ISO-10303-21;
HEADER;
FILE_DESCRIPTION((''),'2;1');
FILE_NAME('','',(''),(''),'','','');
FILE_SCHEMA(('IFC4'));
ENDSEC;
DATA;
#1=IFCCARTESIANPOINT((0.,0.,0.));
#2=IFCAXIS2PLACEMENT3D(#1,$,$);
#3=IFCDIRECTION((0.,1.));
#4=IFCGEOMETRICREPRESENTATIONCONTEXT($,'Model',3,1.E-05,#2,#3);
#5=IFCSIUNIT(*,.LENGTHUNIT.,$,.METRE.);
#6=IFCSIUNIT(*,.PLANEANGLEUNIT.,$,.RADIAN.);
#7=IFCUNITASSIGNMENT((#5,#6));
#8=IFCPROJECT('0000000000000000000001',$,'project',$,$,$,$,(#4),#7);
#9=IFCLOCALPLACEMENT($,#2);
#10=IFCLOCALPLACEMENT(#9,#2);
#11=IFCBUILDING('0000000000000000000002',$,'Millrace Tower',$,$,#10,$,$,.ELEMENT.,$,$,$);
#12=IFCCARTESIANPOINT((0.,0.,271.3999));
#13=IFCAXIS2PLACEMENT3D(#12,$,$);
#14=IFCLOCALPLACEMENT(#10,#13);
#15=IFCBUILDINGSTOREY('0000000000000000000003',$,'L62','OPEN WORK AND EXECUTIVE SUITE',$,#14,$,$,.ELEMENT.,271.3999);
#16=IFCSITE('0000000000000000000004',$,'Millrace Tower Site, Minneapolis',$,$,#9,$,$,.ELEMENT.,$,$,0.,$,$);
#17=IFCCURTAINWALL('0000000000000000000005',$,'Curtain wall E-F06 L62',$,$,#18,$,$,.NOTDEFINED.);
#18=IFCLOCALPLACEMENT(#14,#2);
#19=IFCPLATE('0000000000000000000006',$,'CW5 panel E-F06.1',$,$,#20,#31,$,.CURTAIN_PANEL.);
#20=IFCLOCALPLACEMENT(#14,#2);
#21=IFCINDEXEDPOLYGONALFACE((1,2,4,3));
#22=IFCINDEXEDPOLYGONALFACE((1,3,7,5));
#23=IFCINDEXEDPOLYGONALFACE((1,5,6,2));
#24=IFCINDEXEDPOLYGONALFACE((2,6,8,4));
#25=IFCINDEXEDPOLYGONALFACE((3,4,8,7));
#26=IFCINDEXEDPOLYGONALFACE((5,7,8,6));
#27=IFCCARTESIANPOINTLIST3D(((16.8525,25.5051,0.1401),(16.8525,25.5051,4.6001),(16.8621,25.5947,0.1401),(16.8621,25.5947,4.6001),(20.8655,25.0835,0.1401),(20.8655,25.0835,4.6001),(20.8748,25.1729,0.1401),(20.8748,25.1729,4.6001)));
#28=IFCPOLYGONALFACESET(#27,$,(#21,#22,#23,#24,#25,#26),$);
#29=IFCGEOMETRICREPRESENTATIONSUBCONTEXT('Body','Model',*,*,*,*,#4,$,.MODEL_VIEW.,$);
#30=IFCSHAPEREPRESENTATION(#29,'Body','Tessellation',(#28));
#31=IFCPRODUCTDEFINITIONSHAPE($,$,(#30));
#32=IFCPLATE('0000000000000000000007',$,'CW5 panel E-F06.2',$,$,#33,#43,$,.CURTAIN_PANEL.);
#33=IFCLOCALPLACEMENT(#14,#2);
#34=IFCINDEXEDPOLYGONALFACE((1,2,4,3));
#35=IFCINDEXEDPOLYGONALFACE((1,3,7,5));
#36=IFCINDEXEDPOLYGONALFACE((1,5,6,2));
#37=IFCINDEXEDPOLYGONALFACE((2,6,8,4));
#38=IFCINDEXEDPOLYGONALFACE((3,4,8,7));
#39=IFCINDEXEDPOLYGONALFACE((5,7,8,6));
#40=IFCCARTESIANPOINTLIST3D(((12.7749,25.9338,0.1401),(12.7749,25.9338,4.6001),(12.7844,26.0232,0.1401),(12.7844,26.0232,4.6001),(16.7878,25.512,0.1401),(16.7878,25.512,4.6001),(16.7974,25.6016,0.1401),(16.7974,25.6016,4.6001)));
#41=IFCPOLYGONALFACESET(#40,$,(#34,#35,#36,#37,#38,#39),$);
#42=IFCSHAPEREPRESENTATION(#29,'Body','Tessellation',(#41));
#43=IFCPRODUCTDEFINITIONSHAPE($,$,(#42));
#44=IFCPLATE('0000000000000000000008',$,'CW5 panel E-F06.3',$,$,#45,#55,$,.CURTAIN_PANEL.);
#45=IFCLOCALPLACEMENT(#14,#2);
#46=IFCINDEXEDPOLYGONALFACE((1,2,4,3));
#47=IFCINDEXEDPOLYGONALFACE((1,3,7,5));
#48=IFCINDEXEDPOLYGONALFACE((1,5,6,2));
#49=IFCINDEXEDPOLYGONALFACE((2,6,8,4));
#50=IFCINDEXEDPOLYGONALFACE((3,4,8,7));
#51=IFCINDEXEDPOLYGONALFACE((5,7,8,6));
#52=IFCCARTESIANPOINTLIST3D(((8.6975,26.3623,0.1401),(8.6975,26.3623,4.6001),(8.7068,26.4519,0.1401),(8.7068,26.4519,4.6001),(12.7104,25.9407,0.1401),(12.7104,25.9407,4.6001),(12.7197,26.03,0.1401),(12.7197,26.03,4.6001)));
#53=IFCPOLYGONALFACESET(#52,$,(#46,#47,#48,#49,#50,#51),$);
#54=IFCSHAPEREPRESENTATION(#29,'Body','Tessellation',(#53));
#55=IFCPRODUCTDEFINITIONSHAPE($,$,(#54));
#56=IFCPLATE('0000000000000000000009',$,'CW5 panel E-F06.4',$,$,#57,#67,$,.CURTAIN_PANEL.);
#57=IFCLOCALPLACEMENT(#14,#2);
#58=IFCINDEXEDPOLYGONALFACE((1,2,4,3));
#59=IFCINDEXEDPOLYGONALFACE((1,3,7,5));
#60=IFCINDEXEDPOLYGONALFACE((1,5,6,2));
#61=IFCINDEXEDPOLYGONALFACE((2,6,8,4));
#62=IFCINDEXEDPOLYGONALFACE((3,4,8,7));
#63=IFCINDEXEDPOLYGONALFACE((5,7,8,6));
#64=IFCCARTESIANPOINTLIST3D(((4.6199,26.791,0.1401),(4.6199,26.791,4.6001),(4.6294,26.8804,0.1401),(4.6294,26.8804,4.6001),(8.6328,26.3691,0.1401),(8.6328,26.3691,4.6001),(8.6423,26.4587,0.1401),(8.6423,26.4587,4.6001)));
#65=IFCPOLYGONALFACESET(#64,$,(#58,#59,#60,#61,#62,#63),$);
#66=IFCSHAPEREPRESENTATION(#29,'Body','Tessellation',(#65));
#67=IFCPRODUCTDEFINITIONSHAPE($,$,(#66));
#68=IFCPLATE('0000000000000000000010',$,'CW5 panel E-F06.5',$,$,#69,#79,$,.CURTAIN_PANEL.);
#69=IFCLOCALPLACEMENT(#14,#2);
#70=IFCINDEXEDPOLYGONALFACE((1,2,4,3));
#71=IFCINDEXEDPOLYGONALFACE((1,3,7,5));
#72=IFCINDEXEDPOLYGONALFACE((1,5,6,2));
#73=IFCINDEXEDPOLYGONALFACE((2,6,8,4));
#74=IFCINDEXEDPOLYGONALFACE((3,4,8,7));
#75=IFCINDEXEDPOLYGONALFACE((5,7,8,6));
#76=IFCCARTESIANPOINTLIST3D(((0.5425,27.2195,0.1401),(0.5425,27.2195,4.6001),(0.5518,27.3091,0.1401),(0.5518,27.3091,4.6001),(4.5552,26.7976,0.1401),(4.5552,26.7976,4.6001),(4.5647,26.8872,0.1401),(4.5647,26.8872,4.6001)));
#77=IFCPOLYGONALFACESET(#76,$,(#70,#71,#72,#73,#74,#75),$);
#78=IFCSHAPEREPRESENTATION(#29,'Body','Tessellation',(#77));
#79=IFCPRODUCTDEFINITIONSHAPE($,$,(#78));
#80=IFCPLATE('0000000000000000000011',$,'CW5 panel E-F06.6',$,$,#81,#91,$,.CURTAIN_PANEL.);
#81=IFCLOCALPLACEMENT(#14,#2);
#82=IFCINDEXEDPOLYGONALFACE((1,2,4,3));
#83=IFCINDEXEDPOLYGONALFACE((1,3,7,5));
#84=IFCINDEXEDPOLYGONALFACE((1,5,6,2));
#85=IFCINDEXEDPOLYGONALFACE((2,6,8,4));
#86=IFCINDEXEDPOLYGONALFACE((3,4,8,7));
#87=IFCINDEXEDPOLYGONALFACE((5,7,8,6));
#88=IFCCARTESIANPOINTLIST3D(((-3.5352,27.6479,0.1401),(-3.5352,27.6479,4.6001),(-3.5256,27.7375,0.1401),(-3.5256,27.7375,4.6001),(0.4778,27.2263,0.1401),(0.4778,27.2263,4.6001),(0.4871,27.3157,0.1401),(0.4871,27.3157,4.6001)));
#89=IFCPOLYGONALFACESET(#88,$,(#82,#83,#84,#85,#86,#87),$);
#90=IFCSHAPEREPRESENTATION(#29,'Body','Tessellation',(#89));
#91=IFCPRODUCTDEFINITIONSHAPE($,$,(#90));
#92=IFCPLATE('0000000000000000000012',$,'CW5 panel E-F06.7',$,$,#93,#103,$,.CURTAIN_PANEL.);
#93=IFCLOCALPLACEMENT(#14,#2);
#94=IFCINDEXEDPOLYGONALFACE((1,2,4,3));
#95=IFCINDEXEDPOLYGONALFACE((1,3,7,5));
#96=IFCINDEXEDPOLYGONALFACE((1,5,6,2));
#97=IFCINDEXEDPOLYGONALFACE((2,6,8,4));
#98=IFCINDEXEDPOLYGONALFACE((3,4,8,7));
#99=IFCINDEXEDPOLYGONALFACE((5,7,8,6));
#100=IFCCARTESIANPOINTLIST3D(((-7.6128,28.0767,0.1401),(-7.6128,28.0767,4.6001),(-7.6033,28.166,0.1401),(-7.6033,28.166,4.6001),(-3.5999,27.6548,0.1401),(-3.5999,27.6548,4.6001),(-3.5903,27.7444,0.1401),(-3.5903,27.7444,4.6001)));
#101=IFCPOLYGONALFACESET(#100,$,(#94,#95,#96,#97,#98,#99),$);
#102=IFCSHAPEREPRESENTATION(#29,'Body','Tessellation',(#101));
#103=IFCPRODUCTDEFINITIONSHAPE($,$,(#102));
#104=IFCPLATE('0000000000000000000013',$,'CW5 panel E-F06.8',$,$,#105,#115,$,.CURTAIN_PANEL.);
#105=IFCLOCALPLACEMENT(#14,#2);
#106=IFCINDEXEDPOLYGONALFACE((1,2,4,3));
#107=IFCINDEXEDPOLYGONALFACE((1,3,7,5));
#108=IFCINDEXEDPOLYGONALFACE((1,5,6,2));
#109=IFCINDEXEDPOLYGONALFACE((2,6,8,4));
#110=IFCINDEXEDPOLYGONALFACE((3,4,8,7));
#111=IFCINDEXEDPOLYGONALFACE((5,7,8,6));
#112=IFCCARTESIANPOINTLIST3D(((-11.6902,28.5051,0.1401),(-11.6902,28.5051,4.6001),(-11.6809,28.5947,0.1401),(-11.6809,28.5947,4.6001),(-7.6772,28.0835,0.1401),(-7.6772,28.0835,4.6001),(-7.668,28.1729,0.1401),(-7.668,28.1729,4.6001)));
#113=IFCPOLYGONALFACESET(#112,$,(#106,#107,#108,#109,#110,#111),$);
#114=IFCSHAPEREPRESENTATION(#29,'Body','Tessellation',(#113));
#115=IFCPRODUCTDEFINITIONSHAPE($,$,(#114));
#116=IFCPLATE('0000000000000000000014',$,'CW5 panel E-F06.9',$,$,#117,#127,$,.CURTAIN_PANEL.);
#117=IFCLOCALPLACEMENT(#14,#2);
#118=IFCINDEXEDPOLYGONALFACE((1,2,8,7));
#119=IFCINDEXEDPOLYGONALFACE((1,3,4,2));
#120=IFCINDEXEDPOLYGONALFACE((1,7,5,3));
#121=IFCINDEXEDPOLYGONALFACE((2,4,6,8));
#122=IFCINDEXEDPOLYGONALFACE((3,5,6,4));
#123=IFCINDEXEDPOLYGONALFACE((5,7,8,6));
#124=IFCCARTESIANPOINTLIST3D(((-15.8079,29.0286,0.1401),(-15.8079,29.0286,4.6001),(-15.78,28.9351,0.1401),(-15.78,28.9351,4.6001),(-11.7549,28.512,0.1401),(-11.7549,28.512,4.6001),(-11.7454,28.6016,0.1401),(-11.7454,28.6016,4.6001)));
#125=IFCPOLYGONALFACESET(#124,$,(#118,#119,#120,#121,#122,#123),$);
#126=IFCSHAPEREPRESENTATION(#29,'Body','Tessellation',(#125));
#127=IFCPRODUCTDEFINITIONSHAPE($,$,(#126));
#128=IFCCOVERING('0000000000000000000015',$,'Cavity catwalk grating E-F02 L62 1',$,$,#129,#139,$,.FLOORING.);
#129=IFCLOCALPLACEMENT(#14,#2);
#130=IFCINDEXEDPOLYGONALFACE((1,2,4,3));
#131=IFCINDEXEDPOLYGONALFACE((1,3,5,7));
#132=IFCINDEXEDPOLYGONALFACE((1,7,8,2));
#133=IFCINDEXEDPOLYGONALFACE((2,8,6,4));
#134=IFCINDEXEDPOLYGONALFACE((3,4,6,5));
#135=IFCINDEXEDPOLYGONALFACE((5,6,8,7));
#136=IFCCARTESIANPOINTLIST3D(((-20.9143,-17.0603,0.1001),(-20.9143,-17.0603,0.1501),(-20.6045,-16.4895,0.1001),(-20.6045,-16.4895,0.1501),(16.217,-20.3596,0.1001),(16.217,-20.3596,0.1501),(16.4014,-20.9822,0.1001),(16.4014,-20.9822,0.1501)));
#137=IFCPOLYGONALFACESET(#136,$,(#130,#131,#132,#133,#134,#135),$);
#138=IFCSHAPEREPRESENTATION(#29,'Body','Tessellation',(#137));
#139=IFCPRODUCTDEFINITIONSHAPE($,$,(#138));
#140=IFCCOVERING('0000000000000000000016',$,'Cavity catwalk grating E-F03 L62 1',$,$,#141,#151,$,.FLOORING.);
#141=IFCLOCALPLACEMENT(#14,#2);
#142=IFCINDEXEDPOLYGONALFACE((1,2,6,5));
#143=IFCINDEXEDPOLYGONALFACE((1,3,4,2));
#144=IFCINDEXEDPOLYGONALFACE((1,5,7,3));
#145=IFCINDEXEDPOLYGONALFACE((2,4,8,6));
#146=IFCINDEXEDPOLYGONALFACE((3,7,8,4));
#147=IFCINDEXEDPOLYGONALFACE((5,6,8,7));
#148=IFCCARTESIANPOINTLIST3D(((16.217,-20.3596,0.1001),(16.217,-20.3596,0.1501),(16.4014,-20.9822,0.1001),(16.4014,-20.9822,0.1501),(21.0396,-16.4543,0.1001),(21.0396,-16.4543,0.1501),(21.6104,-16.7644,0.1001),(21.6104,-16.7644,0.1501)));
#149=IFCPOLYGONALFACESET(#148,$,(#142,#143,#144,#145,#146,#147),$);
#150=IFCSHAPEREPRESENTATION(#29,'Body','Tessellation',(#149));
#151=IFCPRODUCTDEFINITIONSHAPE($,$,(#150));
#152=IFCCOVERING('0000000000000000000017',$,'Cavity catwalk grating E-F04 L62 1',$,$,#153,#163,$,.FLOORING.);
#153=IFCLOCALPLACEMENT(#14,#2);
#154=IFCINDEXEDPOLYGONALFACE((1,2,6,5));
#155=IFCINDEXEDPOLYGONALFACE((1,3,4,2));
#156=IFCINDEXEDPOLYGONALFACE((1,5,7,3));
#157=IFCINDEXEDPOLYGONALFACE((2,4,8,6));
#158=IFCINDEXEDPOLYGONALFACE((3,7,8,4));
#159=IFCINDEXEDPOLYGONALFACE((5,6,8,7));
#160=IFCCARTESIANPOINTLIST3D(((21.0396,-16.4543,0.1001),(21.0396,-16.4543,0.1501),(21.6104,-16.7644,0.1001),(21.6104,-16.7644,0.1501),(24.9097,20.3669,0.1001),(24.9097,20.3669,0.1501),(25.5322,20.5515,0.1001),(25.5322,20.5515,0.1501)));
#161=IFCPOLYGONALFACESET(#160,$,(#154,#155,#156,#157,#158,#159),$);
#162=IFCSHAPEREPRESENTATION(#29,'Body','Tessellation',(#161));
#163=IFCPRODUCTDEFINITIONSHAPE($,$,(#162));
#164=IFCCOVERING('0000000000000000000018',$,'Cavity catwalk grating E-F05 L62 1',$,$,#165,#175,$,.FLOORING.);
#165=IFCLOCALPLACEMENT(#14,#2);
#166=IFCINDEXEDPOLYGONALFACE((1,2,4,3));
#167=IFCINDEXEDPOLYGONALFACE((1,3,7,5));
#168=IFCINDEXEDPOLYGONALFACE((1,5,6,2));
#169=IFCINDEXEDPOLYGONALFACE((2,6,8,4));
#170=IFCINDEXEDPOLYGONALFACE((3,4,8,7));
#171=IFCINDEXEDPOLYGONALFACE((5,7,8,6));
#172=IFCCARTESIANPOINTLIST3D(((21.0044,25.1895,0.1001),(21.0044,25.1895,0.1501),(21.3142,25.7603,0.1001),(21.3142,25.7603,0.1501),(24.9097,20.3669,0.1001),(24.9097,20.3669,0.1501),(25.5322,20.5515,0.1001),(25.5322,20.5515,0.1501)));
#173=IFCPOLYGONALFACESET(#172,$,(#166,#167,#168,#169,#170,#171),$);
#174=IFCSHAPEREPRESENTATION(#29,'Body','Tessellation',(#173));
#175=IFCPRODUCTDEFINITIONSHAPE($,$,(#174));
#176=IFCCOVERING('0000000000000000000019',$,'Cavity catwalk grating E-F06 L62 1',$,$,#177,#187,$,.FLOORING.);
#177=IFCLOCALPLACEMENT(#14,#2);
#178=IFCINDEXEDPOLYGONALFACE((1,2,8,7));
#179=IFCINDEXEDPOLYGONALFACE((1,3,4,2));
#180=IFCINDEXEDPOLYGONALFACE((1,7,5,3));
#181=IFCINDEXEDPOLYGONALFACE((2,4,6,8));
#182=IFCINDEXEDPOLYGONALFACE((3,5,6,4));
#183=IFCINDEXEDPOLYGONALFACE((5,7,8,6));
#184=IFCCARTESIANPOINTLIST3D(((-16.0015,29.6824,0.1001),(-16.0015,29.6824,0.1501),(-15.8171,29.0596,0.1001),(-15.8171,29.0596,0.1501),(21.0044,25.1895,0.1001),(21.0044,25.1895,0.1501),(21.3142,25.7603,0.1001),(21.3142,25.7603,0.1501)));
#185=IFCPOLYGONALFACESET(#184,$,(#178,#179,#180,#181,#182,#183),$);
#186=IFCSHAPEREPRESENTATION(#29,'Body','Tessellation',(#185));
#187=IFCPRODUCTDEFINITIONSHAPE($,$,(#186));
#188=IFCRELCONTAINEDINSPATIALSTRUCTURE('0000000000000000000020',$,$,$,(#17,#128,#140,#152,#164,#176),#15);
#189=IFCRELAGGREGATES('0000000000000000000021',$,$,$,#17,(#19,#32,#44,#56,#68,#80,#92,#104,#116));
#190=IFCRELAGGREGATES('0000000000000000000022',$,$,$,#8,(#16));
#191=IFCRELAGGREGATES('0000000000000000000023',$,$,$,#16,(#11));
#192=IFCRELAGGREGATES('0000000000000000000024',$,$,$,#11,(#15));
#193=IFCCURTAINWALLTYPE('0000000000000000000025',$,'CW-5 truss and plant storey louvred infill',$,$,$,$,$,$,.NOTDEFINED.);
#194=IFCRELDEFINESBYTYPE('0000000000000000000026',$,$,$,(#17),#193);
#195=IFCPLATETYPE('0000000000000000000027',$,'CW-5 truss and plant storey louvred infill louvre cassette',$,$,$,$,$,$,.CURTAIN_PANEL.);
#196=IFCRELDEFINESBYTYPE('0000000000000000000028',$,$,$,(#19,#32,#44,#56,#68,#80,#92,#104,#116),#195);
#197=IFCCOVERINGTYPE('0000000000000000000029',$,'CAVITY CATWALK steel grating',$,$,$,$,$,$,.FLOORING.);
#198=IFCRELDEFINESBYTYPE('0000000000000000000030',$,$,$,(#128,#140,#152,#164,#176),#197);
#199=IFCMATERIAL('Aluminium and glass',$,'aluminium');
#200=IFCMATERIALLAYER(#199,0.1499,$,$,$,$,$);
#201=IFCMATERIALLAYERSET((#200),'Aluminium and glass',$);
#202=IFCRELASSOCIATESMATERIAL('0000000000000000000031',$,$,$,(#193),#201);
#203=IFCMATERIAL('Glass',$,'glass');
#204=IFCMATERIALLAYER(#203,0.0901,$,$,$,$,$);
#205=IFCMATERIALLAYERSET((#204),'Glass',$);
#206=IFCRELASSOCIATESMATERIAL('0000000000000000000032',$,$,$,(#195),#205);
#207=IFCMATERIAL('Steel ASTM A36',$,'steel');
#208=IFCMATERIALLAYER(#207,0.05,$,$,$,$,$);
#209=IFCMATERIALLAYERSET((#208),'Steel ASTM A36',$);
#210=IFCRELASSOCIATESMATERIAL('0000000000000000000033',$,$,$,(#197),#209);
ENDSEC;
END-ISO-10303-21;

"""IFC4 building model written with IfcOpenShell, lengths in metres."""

from ifc_helpers import new_model, si_unit, direction, frame, origin, place, context, subcontext, project, spatial, polyline, outline, extrude, material, layer, layer_set, type_object, element, aggregate, save


model = new_model("IFC4")

# Units and contexts
model_context = context("Model", 3, precision=1e-05, world=origin(), true_north=direction((0.0, 1.0)))
body_context = subcontext(model_context, "Body", "Model", "MODEL_VIEW")
ifc_project = project(units=[si_unit("LENGTHUNIT", "METRE"), si_unit("PLANEANGLEUNIT", "RADIAN")], contexts=[model_context])

# Site, building, storey
site_placement = place(None, origin())
site = spatial("IfcSite", under=ifc_project, at=site_placement, Name="Millrace Tower Site, Minneapolis", CompositionType="ELEMENT", RefElevation=0.0)
building_placement = place(site_placement, origin())
building = spatial("IfcBuilding", under=site, at=building_placement, Name="Millrace Tower", CompositionType="ELEMENT")
storey_placement = place(building_placement, frame((0.0, 0.0, 271.3999)))
storey = spatial("IfcBuildingStorey", under=building, at=storey_placement, Name="L62", Description="OPEN WORK AND EXECUTIVE SUITE", CompositionType="ELEMENT", Elevation=271.3999)

# Shared definitions
ifc_material_1 = material(Name="Aluminium and glass", Category="aluminium")
ifc_layer_1 = layer(ifc_material_1, 0.1499)
ifc_layer_set_1 = layer_set([ifc_layer_1], Name="Aluminium and glass")
curtain_wall_type = type_object("IfcCurtainWallType", Name="CW-5 truss and plant storey louvred infill", PredefinedType="NOTDEFINED", material=ifc_layer_set_1)
placement_1 = place(storey_placement, origin())
ifc_material_2 = material(Name="Glass", Category="glass")
ifc_layer_2 = layer(ifc_material_2, 0.0901)
ifc_layer_set_2 = layer_set([ifc_layer_2], Name="Glass")
plate_type = type_object("IfcPlateType", Name="CW-5 truss and plant storey louvred infill louvre cassette", PredefinedType="CURTAIN_PANEL", material=ifc_layer_set_2)
placement_2 = place(storey_placement, frame((0.0, 0.0, 0.1401)))

# Curtain wall, plates
curtain_wall_1 = element("IfcCurtainWall", 1, at=placement_1, inside=storey, type_object=curtain_wall_type, Name="Curtain wall E-F06 L62", PredefinedType="NOTDEFINED")
plate_1 = element("IfcPlate", 2, at=placement_2, type_object=plate_type, Name="CW5 panel E-F06.1", PredefinedType="CURTAIN_PANEL", context=body_context, shape_type="SweptSolid", body=[
    extrude(outline(polyline([(20.8748, 25.1729), (16.8621, 25.5947), (16.8525, 25.5051), (20.8655, 25.0835), (20.8748, 25.1729)])), origin(), (0.0, 0.0, 1.0), 4.46),
])
plate_2 = element("IfcPlate", 3, at=placement_2, type_object=plate_type, Name="CW5 panel E-F06.2", PredefinedType="CURTAIN_PANEL", context=body_context, shape_type="SweptSolid", body=[
    extrude(outline(polyline([(16.7974, 25.6016), (12.7844, 26.0232), (12.7749, 25.9338), (16.7878, 25.512), (16.7974, 25.6016)])), origin(), (0.0, 0.0, 1.0), 4.46),
])
plate_3 = element("IfcPlate", 4, at=placement_2, type_object=plate_type, Name="CW5 panel E-F06.3", PredefinedType="CURTAIN_PANEL", context=body_context, shape_type="SweptSolid", body=[
    extrude(outline(polyline([(12.7197, 26.03), (8.7068, 26.4519), (8.6975, 26.3623), (12.7104, 25.9407), (12.7197, 26.03)])), origin(), (0.0, 0.0, 1.0), 4.46),
])
plate_4 = element("IfcPlate", 5, at=placement_2, type_object=plate_type, Name="CW5 panel E-F06.4", PredefinedType="CURTAIN_PANEL", context=body_context, shape_type="SweptSolid", body=[
    extrude(outline(polyline([(8.6423, 26.4587), (4.6294, 26.8804), (4.6199, 26.791), (8.6328, 26.3691), (8.6423, 26.4587)])), origin(), (0.0, 0.0, 1.0), 4.46),
])
plate_5 = element("IfcPlate", 6, at=placement_2, type_object=plate_type, Name="CW5 panel E-F06.5", PredefinedType="CURTAIN_PANEL", context=body_context, shape_type="SweptSolid", body=[
    extrude(outline(polyline([(4.5647, 26.8872), (0.5518, 27.3091), (0.5425, 27.2195), (4.5552, 26.7976), (4.5647, 26.8872)])), origin(), (0.0, 0.0, 1.0), 4.46),
])
plate_6 = element("IfcPlate", 7, at=placement_2, type_object=plate_type, Name="CW5 panel E-F06.6", PredefinedType="CURTAIN_PANEL", context=body_context, shape_type="SweptSolid", body=[
    extrude(outline(polyline([(0.4871, 27.3157), (-3.5256, 27.7375), (-3.5352, 27.6479), (0.4778, 27.2263), (0.4871, 27.3157)])), origin(), (0.0, 0.0, 1.0), 4.46),
])
plate_7 = element("IfcPlate", 8, at=placement_2, type_object=plate_type, Name="CW5 panel E-F06.7", PredefinedType="CURTAIN_PANEL", context=body_context, shape_type="SweptSolid", body=[
    extrude(outline(polyline([(-3.5903, 27.7444), (-7.6033, 28.166), (-7.6128, 28.0767), (-3.5999, 27.6548), (-3.5903, 27.7444)])), origin(), (0.0, 0.0, 1.0), 4.46),
])
plate_8 = element("IfcPlate", 9, at=placement_2, type_object=plate_type, Name="CW5 panel E-F06.8", PredefinedType="CURTAIN_PANEL", context=body_context, shape_type="SweptSolid", body=[
    extrude(outline(polyline([(-7.668, 28.1729), (-11.6809, 28.5947), (-11.6902, 28.5051), (-7.6772, 28.0835), (-7.668, 28.1729)])), origin(), (0.0, 0.0, 1.0), 4.46),
])
plate_9 = element("IfcPlate", 10, at=placement_2, type_object=plate_type, Name="CW5 panel E-F06.9", PredefinedType="CURTAIN_PANEL", context=body_context, shape_type="SweptSolid", body=[
    extrude(outline(polyline([(-11.7454, 28.6016), (-15.8079, 29.0286), (-15.78, 28.9351), (-11.7549, 28.512), (-11.7454, 28.6016)])), origin(), (0.0, 0.0, 1.0), 4.46),
])
aggregate(curtain_wall_1, [plate_1, plate_2, plate_3, plate_4, plate_5, plate_6, plate_7, plate_8, plate_9])

# Coverings
ifc_material_3 = material(Name="Steel ASTM A36", Category="steel")
ifc_layer_3 = layer(ifc_material_3, 0.05)
ifc_layer_set_3 = layer_set([ifc_layer_3], Name="Steel ASTM A36")
covering_type = type_object("IfcCoveringType", Name="CAVITY CATWALK steel grating", PredefinedType="FLOORING", material=ifc_layer_set_3)
placement_3 = place(storey_placement, frame((0.0, 0.0, 0.1001)))
element("IfcCovering", 11, at=placement_3, inside=storey, type_object=covering_type, Name="Cavity catwalk grating E-F02 L62 1", PredefinedType="FLOORING", context=body_context, shape_type="SweptSolid", body=[
    extrude(outline(polyline([(-20.9143, -17.0603), (16.4014, -20.9822), (16.217, -20.3596), (-20.6045, -16.4895), (-20.9143, -17.0603)])), origin(), (0.0, 0.0, 1.0), 0.05),
])
element("IfcCovering", 12, at=placement_3, inside=storey, type_object=covering_type, Name="Cavity catwalk grating E-F03 L62 1", PredefinedType="FLOORING", context=body_context, shape_type="SweptSolid", body=[
    extrude(outline(polyline([(16.4014, -20.9822), (21.6104, -16.7644), (21.0396, -16.4543), (16.217, -20.3596), (16.4014, -20.9822)])), origin(), (0.0, 0.0, 1.0), 0.05),
])
element("IfcCovering", 13, at=placement_3, inside=storey, type_object=covering_type, Name="Cavity catwalk grating E-F04 L62 1", PredefinedType="FLOORING", context=body_context, shape_type="SweptSolid", body=[
    extrude(outline(polyline([(21.6104, -16.7644), (25.5322, 20.5515), (24.9097, 20.3669), (21.0396, -16.4543), (21.6104, -16.7644)])), origin(), (0.0, 0.0, 1.0), 0.05),
])
element("IfcCovering", 14, at=placement_3, inside=storey, type_object=covering_type, Name="Cavity catwalk grating E-F05 L62 1", PredefinedType="FLOORING", context=body_context, shape_type="SweptSolid", body=[
    extrude(outline(polyline([(25.5322, 20.5515), (21.3142, 25.7603), (21.0044, 25.1895), (24.9097, 20.3669), (25.5322, 20.5515)])), origin(), (0.0, 0.0, 1.0), 0.05),
])
element("IfcCovering", 15, at=placement_3, inside=storey, type_object=covering_type, Name="Cavity catwalk grating E-F06 L62 1", PredefinedType="FLOORING", context=body_context, shape_type="SweptSolid", body=[
    extrude(outline(polyline([(21.3142, 25.7603), (-16.0015, 29.6824), (-15.8171, 29.0596), (21.0044, 25.1895), (21.3142, 25.7603)])), origin(), (0.0, 0.0, 1.0), 0.05),
])

save(model, "model.ifc")
